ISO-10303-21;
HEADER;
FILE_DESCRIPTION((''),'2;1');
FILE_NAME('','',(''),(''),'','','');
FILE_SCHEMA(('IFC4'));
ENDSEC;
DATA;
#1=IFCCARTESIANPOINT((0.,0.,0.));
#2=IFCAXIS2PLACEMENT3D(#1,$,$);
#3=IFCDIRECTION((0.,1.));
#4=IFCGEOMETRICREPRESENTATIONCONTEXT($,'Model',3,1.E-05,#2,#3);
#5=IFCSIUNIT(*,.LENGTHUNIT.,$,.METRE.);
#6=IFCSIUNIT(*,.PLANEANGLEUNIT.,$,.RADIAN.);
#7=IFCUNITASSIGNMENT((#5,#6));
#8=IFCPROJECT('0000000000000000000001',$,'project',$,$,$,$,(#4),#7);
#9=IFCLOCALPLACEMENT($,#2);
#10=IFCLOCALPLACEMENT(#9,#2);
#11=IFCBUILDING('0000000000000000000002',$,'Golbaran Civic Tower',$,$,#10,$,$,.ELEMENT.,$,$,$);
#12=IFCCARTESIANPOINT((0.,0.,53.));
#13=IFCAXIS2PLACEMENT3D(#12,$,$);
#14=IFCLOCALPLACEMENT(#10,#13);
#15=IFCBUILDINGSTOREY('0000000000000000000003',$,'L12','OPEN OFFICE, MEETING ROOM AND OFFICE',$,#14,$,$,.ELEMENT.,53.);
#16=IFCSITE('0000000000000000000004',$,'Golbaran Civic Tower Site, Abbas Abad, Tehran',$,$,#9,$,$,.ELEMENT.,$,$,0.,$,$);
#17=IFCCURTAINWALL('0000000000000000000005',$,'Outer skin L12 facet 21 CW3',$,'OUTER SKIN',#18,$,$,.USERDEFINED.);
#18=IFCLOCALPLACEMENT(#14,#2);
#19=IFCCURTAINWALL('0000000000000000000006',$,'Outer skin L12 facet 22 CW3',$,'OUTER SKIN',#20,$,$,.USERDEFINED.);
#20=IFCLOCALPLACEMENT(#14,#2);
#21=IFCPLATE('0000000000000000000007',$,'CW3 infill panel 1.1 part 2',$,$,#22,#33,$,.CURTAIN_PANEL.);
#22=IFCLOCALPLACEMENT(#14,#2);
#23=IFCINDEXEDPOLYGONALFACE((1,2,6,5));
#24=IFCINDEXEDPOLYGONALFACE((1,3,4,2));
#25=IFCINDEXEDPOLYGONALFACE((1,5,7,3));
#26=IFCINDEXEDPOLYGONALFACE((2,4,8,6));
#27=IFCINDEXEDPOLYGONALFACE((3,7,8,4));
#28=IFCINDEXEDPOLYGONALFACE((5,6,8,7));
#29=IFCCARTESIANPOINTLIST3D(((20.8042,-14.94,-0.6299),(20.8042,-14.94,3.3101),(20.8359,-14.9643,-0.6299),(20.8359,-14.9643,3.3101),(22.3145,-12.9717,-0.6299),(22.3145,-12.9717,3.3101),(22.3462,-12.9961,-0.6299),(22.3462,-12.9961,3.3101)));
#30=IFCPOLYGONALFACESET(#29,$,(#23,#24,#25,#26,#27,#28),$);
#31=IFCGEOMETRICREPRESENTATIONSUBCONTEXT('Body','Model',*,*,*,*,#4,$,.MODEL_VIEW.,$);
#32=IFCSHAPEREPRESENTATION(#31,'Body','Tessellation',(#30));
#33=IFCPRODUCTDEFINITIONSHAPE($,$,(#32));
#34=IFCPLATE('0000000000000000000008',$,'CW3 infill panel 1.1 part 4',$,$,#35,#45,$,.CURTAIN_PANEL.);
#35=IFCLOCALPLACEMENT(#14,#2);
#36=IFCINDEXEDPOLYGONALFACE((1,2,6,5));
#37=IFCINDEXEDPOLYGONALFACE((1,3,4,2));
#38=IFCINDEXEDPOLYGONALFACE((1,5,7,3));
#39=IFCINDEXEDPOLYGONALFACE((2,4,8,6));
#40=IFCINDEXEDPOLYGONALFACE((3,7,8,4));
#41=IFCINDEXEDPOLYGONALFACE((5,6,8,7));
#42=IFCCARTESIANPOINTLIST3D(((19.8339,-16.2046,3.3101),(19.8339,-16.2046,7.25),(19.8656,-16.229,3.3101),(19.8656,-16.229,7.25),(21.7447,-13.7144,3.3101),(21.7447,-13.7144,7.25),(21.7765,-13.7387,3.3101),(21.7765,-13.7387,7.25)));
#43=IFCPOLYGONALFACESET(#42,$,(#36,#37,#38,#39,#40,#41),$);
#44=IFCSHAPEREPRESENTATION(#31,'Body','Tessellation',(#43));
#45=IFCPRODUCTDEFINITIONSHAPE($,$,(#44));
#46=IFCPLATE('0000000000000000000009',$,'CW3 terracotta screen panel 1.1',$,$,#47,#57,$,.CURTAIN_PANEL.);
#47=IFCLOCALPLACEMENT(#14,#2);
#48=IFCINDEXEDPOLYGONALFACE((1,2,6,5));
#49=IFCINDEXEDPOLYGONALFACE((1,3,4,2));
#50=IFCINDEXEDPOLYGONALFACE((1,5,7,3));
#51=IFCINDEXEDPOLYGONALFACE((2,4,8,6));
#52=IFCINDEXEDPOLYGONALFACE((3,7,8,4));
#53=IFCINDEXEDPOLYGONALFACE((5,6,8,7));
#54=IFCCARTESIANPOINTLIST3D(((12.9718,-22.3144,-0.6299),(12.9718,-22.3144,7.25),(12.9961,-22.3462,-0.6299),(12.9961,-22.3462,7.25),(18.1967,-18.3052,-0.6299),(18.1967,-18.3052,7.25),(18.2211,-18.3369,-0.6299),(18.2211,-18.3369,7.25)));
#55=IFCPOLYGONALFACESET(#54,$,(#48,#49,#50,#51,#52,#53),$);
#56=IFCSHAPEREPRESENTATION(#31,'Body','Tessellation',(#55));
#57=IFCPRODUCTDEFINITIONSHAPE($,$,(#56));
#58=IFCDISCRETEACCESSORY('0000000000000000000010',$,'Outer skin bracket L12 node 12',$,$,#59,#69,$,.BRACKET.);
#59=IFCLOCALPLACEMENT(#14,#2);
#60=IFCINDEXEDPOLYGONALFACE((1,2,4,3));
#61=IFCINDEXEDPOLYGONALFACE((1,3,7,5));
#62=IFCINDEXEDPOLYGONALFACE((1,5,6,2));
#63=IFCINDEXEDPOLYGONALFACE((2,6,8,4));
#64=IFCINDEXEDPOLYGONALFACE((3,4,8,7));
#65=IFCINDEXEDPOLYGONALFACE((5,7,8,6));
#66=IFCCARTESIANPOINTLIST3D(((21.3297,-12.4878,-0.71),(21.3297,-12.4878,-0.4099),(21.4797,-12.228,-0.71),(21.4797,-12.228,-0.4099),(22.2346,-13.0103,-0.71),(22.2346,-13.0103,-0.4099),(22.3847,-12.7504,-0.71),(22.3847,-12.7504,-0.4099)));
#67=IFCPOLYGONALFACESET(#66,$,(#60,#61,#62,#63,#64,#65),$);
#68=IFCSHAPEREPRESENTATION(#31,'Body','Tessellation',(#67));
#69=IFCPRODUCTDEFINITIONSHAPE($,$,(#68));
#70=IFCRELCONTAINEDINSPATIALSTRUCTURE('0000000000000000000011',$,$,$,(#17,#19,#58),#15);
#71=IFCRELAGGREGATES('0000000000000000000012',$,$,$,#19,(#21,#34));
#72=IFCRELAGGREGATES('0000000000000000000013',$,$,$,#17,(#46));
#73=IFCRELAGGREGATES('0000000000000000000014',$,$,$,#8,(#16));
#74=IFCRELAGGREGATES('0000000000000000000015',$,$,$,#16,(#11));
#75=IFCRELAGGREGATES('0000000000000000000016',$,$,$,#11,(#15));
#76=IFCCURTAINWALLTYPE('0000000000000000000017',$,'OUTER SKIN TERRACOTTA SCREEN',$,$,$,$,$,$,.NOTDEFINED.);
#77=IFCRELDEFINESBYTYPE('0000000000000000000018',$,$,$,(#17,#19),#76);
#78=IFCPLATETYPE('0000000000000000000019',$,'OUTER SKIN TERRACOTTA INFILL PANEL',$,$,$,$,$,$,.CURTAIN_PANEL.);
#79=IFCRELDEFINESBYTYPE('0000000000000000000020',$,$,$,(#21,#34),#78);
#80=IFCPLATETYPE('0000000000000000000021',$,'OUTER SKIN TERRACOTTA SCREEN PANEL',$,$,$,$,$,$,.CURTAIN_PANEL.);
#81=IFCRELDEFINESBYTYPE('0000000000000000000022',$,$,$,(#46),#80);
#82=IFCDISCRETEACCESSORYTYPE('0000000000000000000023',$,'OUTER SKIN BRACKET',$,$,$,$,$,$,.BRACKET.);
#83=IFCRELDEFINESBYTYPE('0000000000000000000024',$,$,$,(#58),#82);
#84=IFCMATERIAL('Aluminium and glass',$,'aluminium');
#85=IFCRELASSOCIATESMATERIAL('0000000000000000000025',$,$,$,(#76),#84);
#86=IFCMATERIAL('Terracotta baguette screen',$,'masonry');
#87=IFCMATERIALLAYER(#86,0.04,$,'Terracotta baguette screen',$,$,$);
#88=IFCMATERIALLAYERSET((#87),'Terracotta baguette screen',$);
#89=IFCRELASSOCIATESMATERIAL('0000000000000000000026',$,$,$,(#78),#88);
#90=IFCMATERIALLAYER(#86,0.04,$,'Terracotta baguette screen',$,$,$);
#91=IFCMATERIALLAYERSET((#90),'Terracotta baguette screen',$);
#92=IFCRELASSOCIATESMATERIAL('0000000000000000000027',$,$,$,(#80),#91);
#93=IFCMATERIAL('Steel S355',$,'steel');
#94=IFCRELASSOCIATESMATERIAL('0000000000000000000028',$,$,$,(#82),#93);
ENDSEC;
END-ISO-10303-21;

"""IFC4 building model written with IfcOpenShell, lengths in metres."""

from ifc_helpers import new_model, si_unit, direction, frame, origin, origin_2d, place, context, subcontext, project, spatial, rectangle, extrude, material, layer, layer_set, type_object, element, aggregate, save


model = new_model("IFC4")

# Units and contexts
model_context = context("Model", 3, precision=1e-05, world=origin(), true_north=direction((0.0, 1.0)))
body_context = subcontext(model_context, "Body", "Model", "MODEL_VIEW")
ifc_project = project(units=[si_unit("LENGTHUNIT", "METRE"), si_unit("PLANEANGLEUNIT", "RADIAN")], contexts=[model_context])

# Site, building, storey
site_placement = place(None, origin())
site = spatial("IfcSite", under=ifc_project, at=site_placement, Name="Golbaran Civic Tower Site, Abbas Abad, Tehran", CompositionType="ELEMENT", RefElevation=0.0)
building_placement = place(site_placement, origin())
building = spatial("IfcBuilding", under=site, at=building_placement, Name="Golbaran Civic Tower", CompositionType="ELEMENT")
storey_placement = place(building_placement, frame((0.0, 0.0, 53.0)))
storey = spatial("IfcBuildingStorey", under=building, at=storey_placement, Name="L12", Description="OPEN OFFICE, MEETING ROOM AND OFFICE", CompositionType="ELEMENT", Elevation=53.0)

# Shared definitions
ifc_material_1 = material(Name="Steel S355", Category="steel")

# Shared definitions
ifc_material_2 = material(Name="Aluminium and glass", Category="aluminium")

# Curtain wall
curtain_wall_type_1 = type_object("IfcCurtainWallType", Name="OUTER SKIN TERRACOTTA SCREEN", PredefinedType="NOTDEFINED", material=ifc_material_2)
curtain_wall_1_placement = place(storey_placement, origin())
curtain_wall_1 = element("IfcCurtainWall", 1, at=curtain_wall_1_placement, inside=storey, type_object=curtain_wall_type_1, Name="Outer skin L12 facet 21 CW3", ObjectType="OUTER SKIN", PredefinedType="USERDEFINED")

# Curtain wall
curtain_wall_2_placement = place(storey_placement, origin())
curtain_wall_2 = element("IfcCurtainWall", 2, at=curtain_wall_2_placement, inside=storey, type_object=curtain_wall_type_1, Name="Outer skin L12 facet 22 CW3", ObjectType="OUTER SKIN", PredefinedType="USERDEFINED")

# Plates
ifc_material_3 = material(Name="Terracotta baguette screen", Category="masonry")
ifc_layer_1 = layer(ifc_material_3, 0.04, Name="Terracotta baguette screen")
ifc_layer_set_1 = layer_set([ifc_layer_1], Name="Terracotta baguette screen")
plate_type_1 = type_object("IfcPlateType", Name="OUTER SKIN TERRACOTTA INFILL PANEL", PredefinedType="CURTAIN_PANEL", material=ifc_layer_set_1)
plate_1_placement = place(storey_placement, frame((21.5752, -13.968, -0.6299), z_axis=(0.0, 0.0, 1.0), x_axis=(0.608761, 0.793353, 0.0)))
plate_1 = element("IfcPlate", 3, at=plate_1_placement, type_object=plate_type_1, Name="CW3 infill panel 1.1 part 2", PredefinedType="CURTAIN_PANEL", context=body_context, shape_type="SweptSolid", body=[
    extrude(rectangle(XDim=2.481, YDim=0.04, at=origin_2d()), origin(), (0.0, 0.0, 1.0), 3.9399),
])
plate_2_placement = place(storey_placement, frame((20.8052, -14.9717, 3.3101), z_axis=(0.0, 0.0, 1.0), x_axis=(0.608761, 0.793353, 0.0)))
plate_2 = element("IfcPlate", 4, at=plate_2_placement, type_object=plate_type_1, Name="CW3 infill panel 1.1 part 4", PredefinedType="CURTAIN_PANEL", context=body_context, shape_type="SweptSolid", body=[
    extrude(rectangle(XDim=3.1389, YDim=0.04, at=origin_2d()), origin(), (0.0, 0.0, 1.0), 3.9399),
])
aggregate(curtain_wall_2, [plate_1, plate_2])
ifc_layer_2 = layer(ifc_material_3, 0.04, Name="Terracotta baguette screen")
ifc_layer_set_2 = layer_set([ifc_layer_2], Name="Terracotta baguette screen")
plate_type_2 = type_object("IfcPlateType", Name="OUTER SKIN TERRACOTTA SCREEN PANEL", PredefinedType="CURTAIN_PANEL", material=ifc_layer_set_2)
plate_3_placement = place(storey_placement, frame((15.5964, -20.3257, -0.6299), z_axis=(0.0, 0.0, 1.0), x_axis=(0.793353, 0.608761, 0.0)))
plate_3 = element("IfcPlate", 5, at=plate_3_placement, type_object=plate_type_2, Name="CW3 terracotta screen panel 1.1", PredefinedType="CURTAIN_PANEL", context=body_context, shape_type="SweptSolid", body=[
    extrude(rectangle(XDim=6.5859, YDim=0.04, at=origin_2d()), origin(), (0.0, 0.0, 1.0), 7.8799),
])
aggregate(curtain_wall_1, [plate_3])

# Discrete accessory
discrete_accessory_type = type_object("IfcDiscreteAccessoryType", Name="OUTER SKIN BRACKET", PredefinedType="BRACKET", material=ifc_material_1)
discrete_accessory_placement = place(storey_placement, frame((21.8572, -12.6191, -0.71), z_axis=(0.0, 0.0, 1.0), x_axis=(0.866025, -0.5, 0.0)))
element("IfcDiscreteAccessory", 6, at=discrete_accessory_placement, inside=storey, type_object=discrete_accessory_type, Name="Outer skin bracket L12 node 12", PredefinedType="BRACKET", context=body_context, shape_type="SweptSolid", body=[
    extrude(rectangle(XDim=1.0449, YDim=0.3, at=origin_2d()), origin(), (0.0, 0.0, 1.0), 0.3),
])

save(model, "model.ifc")
